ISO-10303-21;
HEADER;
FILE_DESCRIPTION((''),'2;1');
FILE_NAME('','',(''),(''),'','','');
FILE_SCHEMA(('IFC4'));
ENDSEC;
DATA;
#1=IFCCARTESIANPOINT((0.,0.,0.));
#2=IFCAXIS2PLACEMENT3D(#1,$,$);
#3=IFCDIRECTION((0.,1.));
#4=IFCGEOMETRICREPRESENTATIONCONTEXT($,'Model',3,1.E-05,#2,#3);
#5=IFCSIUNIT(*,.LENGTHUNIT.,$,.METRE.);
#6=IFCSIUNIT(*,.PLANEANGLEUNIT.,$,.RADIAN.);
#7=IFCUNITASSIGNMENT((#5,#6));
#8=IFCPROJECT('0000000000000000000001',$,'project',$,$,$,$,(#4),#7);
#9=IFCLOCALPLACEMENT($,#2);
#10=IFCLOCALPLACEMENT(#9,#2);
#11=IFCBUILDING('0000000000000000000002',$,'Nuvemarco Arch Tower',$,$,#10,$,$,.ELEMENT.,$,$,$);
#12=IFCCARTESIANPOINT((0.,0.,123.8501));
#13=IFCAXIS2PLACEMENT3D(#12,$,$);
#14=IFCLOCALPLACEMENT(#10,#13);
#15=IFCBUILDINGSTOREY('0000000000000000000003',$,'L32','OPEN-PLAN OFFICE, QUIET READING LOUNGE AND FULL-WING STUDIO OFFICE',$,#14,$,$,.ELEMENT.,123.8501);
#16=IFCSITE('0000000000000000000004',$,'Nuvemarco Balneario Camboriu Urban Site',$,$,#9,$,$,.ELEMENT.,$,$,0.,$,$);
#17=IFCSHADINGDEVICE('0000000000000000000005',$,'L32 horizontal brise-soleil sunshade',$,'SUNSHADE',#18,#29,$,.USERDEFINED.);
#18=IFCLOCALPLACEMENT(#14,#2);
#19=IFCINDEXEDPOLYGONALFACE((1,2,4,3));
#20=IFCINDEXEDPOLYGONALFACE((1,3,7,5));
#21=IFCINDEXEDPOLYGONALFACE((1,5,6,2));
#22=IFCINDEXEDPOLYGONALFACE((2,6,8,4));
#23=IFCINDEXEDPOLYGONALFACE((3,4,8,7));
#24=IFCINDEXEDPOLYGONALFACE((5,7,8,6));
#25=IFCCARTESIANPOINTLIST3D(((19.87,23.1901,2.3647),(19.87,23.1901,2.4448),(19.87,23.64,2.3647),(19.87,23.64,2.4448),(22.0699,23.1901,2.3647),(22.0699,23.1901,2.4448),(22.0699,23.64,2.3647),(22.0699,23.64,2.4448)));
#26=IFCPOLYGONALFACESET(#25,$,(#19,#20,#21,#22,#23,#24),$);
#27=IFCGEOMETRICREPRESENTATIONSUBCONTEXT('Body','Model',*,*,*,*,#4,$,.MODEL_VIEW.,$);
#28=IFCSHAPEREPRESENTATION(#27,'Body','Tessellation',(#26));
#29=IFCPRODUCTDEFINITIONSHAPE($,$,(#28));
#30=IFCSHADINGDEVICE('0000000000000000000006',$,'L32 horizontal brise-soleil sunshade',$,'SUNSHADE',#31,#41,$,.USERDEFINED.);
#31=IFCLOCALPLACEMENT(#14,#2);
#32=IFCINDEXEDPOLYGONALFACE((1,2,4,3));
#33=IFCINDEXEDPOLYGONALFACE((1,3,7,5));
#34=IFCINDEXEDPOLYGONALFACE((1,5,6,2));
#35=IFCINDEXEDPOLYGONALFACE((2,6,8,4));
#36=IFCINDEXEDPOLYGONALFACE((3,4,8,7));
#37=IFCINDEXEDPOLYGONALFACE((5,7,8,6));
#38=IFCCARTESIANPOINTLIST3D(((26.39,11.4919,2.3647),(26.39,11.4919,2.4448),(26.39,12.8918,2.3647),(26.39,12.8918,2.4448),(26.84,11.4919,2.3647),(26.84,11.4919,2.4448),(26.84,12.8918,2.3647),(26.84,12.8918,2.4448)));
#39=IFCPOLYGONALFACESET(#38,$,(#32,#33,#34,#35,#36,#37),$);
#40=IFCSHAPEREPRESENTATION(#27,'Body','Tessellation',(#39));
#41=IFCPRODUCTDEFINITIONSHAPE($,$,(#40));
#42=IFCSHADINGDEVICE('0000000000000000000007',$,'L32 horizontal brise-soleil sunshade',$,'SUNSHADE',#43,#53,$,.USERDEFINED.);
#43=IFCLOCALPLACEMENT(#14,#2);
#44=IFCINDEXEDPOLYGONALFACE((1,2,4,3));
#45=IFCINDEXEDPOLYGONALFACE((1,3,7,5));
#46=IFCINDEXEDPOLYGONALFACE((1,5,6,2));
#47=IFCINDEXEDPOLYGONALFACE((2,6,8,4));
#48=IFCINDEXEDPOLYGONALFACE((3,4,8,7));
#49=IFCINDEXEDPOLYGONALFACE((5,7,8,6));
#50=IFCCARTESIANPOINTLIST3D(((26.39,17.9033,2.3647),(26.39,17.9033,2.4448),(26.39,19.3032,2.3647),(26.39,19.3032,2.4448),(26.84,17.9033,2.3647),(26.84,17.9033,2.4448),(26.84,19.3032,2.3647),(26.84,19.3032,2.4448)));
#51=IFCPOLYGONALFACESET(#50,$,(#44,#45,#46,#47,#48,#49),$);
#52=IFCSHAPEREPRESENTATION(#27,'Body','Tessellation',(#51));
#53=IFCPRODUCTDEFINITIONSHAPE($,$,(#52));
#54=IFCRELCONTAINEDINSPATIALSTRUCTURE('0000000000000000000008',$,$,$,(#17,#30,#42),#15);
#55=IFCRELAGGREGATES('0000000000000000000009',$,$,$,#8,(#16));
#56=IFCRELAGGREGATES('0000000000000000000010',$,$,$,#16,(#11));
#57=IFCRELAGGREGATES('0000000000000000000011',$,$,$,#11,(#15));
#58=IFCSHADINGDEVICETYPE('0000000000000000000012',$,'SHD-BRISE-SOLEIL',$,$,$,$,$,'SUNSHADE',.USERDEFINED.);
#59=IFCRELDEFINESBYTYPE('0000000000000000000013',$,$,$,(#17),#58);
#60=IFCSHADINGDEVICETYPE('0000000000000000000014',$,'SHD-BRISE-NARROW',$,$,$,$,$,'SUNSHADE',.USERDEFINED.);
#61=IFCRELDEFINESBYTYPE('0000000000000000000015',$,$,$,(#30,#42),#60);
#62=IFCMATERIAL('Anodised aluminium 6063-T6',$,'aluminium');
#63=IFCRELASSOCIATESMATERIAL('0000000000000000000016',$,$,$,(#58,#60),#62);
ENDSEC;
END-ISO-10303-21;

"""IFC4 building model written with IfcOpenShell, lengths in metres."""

from ifc_helpers import new_model, si_unit, direction, frame, origin, origin_2d, place, context, subcontext, project, spatial, rectangle, extrude, source, transform, mapped, material, type_object, type_shapes, element, save


model = new_model("IFC4")

# Units and contexts
model_context = context("Model", 3, precision=1e-05, world=origin(), true_north=direction((0.0, 1.0)))
body_context = subcontext(model_context, "Body", "Model", "MODEL_VIEW")
ifc_project = project(units=[si_unit("LENGTHUNIT", "METRE"), si_unit("PLANEANGLEUNIT", "RADIAN")], contexts=[model_context])

# Site, building, storey
site_placement = place(None, origin())
site = spatial("IfcSite", under=ifc_project, at=site_placement, Name="Nuvemarco Balneario Camboriu Urban Site", CompositionType="ELEMENT", RefElevation=0.0)
building_placement = place(site_placement, origin())
building = spatial("IfcBuilding", under=site, at=building_placement, Name="Nuvemarco Arch Tower", CompositionType="ELEMENT")
storey_placement = place(building_placement, frame((0.0, 0.0, 123.8501)))
storey = spatial("IfcBuildingStorey", under=building, at=storey_placement, Name="L32", Description="OPEN-PLAN OFFICE, QUIET READING LOUNGE AND FULL-WING STUDIO OFFICE", CompositionType="ELEMENT", Elevation=123.8501)

# Shading devices
ifc_material_1 = material(Name="Anodised aluminium 6063-T6", Category="aluminium")
shading_device_type_1 = type_object("IfcShadingDeviceType", Name="SHD-BRISE-SOLEIL", ElementType="SUNSHADE", PredefinedType="USERDEFINED", material=ifc_material_1)
shared_shape_1 = source(origin(), body_context, "Body", "SweptSolid", [
    extrude(rectangle(XDim=2.2, YDim=0.45, at=origin_2d()), origin(), (0.0, 0.0, 1.0), 0.0801),
])
type_shapes(shading_device_type_1, [shared_shape_1])
for number, where, z_axis, x_axis, name in (
    (1, (20.97, 23.415, 2.3647), (0.0, 0.0, 1.0), (1.0, 0.0, 0.0), "L32 horizontal brise-soleil sunshade"),
):
    element("IfcShadingDevice", number, at=place(storey_placement, frame(where, z_axis=z_axis, x_axis=x_axis)), inside=storey, type_object=shading_device_type_1, Name=name, ObjectType="SUNSHADE", PredefinedType="USERDEFINED", context=body_context, shape_type="MappedRepresentation", body=[
        mapped(shared_shape_1, transform((0.0, 0.0, 0.0), scale=1.0)),
    ])
shading_device_type_2 = type_object("IfcShadingDeviceType", Name="SHD-BRISE-NARROW", ElementType="SUNSHADE", PredefinedType="USERDEFINED", material=ifc_material_1)
shared_shape_2 = source(origin(), body_context, "Body", "SweptSolid", [
    extrude(rectangle(XDim=1.3999, YDim=0.45, at=origin_2d()), origin(), (0.0, 0.0, 1.0), 0.0801),
])
type_shapes(shading_device_type_2, [shared_shape_2])
for number, where, z_axis, x_axis, name in (
    (2, (26.615, 12.1919, 2.3647), (0.0, 0.0, 1.0), (0.0, 1.0, 0.0), "L32 horizontal brise-soleil sunshade"),
    (3, (26.615, 18.6033, 2.3647), (0.0, 0.0, 1.0), (0.0, 1.0, 0.0), "L32 horizontal brise-soleil sunshade"),
):
    element("IfcShadingDevice", number, at=place(storey_placement, frame(where, z_axis=z_axis, x_axis=x_axis)), inside=storey, type_object=shading_device_type_2, Name=name, ObjectType="SUNSHADE", PredefinedType="USERDEFINED", context=body_context, shape_type="MappedRepresentation", body=[
        mapped(shared_shape_2, transform((0.0, 0.0, 0.0), scale=1.0)),
    ])

save(model, "model.ifc")
